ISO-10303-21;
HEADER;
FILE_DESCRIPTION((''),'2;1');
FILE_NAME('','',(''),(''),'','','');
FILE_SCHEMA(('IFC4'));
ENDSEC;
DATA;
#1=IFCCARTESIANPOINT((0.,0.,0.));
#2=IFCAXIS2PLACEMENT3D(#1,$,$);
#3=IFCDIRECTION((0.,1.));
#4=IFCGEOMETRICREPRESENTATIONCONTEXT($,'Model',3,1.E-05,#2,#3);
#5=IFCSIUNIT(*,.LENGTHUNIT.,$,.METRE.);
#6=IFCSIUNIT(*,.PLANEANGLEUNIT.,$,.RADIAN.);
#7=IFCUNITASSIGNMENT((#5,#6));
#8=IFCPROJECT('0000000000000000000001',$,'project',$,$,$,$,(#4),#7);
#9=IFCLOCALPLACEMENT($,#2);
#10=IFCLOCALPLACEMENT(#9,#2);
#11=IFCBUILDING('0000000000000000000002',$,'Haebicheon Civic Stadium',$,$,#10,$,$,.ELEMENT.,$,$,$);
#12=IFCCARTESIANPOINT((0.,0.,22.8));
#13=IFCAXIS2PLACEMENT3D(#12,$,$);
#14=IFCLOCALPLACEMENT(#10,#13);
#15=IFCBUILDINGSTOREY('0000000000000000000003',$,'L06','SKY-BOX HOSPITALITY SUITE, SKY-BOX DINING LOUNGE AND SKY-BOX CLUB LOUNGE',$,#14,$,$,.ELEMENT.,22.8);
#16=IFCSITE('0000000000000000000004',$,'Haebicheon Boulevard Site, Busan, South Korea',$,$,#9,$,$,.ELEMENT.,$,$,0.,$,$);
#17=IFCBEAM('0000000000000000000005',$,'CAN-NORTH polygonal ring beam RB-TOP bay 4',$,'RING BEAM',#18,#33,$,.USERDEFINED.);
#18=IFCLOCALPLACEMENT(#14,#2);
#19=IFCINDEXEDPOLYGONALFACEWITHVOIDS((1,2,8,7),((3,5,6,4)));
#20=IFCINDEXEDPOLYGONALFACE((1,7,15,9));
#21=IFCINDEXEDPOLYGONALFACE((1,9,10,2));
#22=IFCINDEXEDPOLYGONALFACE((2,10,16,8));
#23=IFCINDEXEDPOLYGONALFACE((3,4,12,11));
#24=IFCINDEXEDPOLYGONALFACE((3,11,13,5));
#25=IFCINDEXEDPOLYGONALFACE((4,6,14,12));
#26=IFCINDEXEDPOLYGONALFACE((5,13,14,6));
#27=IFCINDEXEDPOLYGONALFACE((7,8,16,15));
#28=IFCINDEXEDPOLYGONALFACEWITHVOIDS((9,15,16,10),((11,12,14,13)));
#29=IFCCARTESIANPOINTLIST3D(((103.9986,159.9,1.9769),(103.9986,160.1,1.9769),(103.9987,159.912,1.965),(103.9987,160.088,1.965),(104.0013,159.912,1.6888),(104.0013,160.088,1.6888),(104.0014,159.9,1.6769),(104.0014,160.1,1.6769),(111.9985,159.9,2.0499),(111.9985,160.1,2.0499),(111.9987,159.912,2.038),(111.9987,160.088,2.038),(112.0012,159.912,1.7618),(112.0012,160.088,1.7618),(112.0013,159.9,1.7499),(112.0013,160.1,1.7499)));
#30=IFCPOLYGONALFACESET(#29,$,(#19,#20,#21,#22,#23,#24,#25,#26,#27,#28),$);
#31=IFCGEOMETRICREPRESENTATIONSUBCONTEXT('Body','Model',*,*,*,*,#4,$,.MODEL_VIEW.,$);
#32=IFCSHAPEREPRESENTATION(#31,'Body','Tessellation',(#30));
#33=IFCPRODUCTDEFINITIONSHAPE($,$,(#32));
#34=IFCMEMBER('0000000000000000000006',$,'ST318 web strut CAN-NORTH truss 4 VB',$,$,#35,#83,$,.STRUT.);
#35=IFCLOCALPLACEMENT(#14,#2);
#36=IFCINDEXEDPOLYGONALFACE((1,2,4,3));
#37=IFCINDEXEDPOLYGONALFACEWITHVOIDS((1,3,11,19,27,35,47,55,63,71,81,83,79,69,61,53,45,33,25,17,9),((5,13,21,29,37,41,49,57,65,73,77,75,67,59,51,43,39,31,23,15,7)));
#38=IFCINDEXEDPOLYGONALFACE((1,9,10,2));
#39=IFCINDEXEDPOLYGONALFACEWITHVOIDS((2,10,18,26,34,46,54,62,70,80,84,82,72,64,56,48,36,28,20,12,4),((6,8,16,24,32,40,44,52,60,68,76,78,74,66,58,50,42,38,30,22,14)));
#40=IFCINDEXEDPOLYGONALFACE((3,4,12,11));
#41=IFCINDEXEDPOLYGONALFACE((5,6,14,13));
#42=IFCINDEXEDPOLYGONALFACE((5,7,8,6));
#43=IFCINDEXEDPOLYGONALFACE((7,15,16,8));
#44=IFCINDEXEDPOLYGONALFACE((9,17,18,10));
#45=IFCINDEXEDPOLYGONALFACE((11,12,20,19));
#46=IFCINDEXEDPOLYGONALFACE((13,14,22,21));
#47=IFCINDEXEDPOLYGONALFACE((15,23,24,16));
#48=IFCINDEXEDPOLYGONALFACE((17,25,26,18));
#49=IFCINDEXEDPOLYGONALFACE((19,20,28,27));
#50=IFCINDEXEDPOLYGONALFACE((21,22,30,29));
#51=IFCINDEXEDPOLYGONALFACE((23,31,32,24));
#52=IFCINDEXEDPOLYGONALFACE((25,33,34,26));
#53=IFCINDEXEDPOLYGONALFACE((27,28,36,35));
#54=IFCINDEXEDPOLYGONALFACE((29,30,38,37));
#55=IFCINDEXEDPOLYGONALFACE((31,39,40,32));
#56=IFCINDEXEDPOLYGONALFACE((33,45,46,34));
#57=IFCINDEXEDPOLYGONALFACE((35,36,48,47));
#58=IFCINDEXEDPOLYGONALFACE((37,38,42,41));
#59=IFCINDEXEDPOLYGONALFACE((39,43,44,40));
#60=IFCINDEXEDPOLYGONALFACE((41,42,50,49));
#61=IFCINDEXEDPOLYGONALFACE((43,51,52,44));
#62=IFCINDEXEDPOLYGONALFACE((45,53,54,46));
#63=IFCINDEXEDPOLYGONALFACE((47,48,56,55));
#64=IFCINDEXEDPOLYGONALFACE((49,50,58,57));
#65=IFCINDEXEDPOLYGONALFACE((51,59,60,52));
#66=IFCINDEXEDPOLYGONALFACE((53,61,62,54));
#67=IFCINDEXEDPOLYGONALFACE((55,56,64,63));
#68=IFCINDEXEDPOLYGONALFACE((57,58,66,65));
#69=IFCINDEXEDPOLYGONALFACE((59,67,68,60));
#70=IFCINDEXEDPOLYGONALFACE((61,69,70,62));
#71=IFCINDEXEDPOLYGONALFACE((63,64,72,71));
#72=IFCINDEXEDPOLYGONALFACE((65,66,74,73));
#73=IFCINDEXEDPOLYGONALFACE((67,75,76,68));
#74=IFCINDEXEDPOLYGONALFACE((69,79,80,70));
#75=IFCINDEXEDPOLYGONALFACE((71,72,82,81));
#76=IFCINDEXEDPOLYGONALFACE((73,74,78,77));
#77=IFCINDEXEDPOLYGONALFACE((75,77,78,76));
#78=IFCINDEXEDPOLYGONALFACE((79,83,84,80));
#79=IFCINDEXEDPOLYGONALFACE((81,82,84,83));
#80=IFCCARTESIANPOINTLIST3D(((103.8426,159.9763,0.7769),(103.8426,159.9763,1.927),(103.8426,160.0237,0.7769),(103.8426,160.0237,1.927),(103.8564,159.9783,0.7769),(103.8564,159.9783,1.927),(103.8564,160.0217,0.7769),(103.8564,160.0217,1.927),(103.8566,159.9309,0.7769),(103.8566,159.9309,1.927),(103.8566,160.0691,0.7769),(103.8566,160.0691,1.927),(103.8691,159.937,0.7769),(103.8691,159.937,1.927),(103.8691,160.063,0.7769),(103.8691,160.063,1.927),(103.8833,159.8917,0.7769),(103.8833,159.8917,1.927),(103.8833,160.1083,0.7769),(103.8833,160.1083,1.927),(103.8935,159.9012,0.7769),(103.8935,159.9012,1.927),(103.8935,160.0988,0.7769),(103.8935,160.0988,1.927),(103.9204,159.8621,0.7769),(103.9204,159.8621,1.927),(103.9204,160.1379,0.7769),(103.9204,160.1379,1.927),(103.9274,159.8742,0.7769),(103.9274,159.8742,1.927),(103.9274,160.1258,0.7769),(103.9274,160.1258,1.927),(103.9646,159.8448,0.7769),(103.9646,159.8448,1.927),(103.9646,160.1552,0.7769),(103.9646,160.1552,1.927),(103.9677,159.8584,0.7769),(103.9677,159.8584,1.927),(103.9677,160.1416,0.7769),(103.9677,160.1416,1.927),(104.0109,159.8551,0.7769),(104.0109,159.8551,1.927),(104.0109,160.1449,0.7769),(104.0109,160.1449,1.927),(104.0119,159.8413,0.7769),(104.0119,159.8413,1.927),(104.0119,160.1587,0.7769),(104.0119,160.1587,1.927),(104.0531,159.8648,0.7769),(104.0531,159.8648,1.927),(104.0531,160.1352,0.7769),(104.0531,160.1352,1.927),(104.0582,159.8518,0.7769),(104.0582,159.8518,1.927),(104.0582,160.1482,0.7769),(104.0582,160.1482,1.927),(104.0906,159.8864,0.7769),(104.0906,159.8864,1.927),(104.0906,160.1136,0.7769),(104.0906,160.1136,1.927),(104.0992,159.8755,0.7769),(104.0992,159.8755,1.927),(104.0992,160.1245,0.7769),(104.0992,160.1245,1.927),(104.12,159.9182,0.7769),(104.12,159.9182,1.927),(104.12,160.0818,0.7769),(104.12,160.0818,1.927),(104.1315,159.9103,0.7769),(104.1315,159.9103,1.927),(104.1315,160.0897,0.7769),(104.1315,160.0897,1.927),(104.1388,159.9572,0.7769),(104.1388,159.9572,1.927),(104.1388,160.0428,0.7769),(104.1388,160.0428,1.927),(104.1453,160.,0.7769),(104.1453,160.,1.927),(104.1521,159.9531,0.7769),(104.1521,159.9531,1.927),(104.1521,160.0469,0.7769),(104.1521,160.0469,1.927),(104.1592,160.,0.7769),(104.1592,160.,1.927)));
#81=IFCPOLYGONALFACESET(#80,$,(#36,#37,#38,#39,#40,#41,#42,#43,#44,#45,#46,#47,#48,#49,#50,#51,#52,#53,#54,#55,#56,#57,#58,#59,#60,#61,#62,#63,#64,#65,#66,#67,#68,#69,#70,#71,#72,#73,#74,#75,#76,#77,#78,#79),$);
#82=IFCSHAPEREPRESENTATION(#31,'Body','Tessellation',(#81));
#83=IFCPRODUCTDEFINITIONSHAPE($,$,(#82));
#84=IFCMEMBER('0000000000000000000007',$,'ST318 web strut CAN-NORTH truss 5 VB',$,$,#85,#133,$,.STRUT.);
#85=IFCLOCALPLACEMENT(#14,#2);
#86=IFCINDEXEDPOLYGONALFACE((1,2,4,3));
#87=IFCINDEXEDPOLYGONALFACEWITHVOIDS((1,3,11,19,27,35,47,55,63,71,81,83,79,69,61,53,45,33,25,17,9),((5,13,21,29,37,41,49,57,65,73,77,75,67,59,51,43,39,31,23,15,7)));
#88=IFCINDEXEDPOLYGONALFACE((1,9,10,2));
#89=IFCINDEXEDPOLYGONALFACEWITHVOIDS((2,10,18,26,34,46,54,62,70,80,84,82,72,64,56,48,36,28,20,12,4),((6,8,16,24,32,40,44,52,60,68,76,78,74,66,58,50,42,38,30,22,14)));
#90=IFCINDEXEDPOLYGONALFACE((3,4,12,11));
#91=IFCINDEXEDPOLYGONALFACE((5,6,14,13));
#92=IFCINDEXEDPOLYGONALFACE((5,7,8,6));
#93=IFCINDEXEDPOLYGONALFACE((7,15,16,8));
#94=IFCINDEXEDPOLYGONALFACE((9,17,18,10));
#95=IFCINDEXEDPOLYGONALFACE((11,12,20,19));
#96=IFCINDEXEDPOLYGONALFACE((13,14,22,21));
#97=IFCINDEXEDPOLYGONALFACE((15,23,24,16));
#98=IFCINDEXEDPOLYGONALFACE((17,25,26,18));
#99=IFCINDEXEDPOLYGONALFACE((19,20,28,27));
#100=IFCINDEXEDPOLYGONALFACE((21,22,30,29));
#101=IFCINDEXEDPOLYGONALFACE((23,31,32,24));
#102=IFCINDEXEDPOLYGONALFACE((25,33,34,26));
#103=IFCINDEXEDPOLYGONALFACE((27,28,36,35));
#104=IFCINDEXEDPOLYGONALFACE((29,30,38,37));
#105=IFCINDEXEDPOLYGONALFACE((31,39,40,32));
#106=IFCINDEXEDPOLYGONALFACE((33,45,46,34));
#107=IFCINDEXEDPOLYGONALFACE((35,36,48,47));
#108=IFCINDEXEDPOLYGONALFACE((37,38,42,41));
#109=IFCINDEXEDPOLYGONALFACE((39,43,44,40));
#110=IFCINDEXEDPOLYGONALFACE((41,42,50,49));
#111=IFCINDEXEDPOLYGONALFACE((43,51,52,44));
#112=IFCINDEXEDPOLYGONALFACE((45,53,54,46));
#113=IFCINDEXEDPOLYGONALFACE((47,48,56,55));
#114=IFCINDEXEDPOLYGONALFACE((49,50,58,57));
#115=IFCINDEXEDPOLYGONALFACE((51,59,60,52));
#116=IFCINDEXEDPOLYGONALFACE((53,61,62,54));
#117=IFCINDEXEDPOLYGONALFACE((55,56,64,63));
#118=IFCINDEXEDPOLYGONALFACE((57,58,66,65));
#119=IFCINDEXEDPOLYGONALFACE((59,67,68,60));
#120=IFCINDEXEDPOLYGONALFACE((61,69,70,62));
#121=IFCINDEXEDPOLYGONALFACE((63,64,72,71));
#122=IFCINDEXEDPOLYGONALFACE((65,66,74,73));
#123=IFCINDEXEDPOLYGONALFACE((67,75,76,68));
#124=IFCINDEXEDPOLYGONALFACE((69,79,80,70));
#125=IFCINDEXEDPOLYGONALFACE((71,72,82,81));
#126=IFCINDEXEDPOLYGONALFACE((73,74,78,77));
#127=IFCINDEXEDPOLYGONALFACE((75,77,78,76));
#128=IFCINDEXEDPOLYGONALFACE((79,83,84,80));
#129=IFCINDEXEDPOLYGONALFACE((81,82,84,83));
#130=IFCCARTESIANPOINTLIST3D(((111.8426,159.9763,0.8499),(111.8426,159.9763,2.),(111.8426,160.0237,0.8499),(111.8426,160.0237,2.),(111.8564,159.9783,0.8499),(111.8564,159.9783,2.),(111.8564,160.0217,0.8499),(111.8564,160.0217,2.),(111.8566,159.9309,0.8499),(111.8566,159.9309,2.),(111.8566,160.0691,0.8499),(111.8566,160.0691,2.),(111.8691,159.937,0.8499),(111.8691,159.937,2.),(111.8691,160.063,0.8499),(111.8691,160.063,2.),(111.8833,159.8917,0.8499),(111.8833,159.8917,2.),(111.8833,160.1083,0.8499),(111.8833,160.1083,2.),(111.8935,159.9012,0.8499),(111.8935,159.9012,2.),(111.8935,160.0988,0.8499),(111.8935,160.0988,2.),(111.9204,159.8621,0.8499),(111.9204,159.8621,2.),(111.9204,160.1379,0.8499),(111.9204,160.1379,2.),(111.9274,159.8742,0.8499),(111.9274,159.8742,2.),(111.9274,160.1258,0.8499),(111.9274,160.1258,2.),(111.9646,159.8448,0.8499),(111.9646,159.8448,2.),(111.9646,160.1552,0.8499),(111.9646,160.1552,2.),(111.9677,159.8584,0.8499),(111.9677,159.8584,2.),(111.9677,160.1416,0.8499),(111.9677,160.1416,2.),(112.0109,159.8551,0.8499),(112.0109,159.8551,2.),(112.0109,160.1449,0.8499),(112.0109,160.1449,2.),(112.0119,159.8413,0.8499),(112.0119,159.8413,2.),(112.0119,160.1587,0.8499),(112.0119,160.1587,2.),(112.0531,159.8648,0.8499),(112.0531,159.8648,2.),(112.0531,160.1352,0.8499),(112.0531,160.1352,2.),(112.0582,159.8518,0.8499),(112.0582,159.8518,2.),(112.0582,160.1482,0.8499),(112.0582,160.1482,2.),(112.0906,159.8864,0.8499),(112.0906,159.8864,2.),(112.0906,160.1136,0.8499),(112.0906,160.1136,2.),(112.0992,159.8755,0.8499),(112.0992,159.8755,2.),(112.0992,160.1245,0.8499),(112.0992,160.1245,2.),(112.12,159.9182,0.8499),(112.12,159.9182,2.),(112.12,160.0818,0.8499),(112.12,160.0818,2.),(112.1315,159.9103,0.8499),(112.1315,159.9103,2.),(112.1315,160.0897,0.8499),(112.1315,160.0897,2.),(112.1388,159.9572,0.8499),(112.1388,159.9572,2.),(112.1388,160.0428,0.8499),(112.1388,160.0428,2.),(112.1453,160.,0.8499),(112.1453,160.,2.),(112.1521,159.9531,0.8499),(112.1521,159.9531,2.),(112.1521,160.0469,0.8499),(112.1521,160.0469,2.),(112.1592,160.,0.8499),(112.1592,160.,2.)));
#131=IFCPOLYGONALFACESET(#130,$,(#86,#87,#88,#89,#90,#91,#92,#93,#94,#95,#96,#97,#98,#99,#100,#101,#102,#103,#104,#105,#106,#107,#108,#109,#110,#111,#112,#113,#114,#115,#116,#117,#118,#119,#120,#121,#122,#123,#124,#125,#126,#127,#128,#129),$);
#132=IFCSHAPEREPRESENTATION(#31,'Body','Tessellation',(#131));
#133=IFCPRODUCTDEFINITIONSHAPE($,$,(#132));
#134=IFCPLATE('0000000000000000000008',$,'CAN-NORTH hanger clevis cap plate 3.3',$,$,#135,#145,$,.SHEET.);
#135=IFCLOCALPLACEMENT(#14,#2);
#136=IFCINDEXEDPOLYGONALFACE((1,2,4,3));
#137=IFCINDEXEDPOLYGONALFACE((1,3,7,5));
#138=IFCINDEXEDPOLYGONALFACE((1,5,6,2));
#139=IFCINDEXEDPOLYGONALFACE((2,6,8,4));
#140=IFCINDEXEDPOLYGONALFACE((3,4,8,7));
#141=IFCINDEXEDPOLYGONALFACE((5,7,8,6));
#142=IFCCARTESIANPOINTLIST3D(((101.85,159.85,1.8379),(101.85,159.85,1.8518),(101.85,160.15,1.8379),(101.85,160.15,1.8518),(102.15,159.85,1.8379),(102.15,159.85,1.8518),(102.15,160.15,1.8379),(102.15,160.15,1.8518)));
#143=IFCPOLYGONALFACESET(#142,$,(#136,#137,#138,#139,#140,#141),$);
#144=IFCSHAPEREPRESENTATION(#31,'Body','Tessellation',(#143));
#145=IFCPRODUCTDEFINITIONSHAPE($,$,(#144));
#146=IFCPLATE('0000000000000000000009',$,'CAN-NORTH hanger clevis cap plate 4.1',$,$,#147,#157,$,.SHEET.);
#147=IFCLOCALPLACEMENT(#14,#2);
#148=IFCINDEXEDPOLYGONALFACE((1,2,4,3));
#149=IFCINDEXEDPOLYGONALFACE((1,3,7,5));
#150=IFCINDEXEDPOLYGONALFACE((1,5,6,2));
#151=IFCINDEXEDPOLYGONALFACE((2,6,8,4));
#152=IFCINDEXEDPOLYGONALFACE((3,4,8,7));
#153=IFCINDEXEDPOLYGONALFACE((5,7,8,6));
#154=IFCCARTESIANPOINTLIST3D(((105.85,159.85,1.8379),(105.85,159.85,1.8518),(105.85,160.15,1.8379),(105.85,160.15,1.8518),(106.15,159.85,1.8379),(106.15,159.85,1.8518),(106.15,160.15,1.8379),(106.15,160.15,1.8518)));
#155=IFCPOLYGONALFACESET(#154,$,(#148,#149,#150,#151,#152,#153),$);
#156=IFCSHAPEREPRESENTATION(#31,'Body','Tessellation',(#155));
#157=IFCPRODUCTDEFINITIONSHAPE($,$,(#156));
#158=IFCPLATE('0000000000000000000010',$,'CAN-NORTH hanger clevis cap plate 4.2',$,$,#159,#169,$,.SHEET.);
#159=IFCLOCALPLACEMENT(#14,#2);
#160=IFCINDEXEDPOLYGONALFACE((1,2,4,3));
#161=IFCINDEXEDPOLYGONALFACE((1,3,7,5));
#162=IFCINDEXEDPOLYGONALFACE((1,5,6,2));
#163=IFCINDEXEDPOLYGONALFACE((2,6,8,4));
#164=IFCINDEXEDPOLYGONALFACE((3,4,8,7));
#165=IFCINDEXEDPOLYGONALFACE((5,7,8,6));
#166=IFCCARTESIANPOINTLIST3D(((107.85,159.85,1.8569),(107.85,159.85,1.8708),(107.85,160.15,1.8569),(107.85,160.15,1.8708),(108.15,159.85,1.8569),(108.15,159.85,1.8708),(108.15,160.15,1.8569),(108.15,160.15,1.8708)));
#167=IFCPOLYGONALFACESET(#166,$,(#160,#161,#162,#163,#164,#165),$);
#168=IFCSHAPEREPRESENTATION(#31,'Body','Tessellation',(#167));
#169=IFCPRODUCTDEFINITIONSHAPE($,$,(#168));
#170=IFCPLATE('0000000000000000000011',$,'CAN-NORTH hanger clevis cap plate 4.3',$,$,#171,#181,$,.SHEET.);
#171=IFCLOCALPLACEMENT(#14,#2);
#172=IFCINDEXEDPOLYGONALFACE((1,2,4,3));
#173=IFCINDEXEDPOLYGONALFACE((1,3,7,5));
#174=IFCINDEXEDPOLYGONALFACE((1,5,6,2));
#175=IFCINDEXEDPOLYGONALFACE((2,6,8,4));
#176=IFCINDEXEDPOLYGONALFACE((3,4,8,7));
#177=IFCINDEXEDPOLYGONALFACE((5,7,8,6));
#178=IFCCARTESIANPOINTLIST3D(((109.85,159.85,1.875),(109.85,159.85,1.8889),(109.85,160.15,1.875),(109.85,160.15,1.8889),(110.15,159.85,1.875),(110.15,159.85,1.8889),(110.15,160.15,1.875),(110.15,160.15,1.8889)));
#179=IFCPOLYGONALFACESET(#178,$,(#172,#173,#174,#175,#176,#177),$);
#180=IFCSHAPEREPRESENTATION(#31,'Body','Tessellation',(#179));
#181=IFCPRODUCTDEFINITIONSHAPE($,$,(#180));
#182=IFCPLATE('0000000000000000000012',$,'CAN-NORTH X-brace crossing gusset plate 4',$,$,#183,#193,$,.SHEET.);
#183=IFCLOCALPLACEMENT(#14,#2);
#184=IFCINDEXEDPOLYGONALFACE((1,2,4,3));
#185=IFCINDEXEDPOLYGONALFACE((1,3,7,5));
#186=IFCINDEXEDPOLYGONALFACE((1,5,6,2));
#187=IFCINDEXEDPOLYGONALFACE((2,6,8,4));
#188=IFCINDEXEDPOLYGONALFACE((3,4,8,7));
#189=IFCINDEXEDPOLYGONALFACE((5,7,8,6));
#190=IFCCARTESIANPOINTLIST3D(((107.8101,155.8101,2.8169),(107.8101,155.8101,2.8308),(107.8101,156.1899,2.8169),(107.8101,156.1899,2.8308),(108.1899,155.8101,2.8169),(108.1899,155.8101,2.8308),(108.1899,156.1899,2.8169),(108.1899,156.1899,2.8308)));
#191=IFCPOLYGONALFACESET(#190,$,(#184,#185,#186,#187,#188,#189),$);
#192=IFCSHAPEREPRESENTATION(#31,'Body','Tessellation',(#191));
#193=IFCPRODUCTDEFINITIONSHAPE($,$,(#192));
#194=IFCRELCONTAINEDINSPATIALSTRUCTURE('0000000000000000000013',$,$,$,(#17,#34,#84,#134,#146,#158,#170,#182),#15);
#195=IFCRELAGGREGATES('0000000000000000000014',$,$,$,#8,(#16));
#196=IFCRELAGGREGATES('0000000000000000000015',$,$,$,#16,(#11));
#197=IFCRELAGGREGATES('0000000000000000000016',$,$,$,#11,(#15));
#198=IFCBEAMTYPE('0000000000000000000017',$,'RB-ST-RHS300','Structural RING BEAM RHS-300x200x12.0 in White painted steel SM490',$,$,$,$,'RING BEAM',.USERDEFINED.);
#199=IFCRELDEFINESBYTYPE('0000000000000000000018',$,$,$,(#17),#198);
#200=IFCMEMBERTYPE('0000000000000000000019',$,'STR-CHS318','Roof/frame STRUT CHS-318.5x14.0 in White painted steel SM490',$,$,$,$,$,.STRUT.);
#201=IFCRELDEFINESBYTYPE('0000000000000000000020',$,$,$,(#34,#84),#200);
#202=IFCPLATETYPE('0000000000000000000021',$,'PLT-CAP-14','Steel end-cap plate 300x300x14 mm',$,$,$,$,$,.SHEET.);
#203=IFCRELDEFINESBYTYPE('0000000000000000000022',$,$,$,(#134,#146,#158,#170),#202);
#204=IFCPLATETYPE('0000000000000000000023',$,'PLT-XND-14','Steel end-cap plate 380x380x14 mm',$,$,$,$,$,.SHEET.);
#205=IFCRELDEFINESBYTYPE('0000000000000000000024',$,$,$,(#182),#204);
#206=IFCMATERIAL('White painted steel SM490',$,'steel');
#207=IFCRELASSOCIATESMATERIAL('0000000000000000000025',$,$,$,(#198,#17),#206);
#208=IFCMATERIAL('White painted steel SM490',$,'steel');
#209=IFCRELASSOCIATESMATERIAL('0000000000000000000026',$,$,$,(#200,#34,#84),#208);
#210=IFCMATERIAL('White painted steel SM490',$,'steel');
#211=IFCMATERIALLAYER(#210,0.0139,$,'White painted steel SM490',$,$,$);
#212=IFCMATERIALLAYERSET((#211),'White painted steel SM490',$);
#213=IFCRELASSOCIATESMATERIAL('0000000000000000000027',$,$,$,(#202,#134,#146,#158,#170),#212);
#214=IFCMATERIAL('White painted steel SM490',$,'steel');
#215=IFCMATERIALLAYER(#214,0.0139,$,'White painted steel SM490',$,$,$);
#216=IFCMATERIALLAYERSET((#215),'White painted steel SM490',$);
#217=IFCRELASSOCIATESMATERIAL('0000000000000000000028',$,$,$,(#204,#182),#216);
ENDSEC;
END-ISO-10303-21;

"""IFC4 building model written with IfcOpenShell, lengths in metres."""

from ifc_helpers import new_model, si_unit, direction, frame, origin, origin_2d, place, context, subcontext, project, spatial, rectangle, hollow_rectangle, hollow_circle, extrude, material, layer, layer_set, material_profile, profile_set, type_object, element, save


model = new_model("IFC4")

# Units and contexts
model_context = context("Model", 3, precision=1e-05, world=origin(), true_north=direction((0.0, 1.0)))
body_context = subcontext(model_context, "Body", "Model", "MODEL_VIEW")
ifc_project = project(units=[si_unit("LENGTHUNIT", "METRE"), si_unit("PLANEANGLEUNIT", "RADIAN")], contexts=[model_context])

# Site, building, storey
site_placement = place(None, origin())
site = spatial("IfcSite", under=ifc_project, at=site_placement, Name="Haebicheon Boulevard Site, Busan, South Korea", CompositionType="ELEMENT", RefElevation=0.0)
building_placement = place(site_placement, origin())
building = spatial("IfcBuilding", under=site, at=building_placement, Name="Haebicheon Civic Stadium", CompositionType="ELEMENT")
storey_placement = place(building_placement, frame((0.0, 0.0, 22.8)))
storey = spatial("IfcBuildingStorey", under=building, at=storey_placement, Name="L06", Description="SKY-BOX HOSPITALITY SUITE, SKY-BOX DINING LOUNGE AND SKY-BOX CLUB LOUNGE", CompositionType="ELEMENT", Elevation=22.8)

# Beam
ifc_material_1 = material(Name="White painted steel SM490", Category="steel")
ifc_material_profile_1 = material_profile(ifc_material_1, hollow_rectangle(XDim=0.2, YDim=0.3, WallThickness=0.012, at=origin_2d()), Name="RHS-300x200x12.0")
ifc_profile_set_1 = profile_set([ifc_material_profile_1], Name="White painted steel SM490")
beam_type_1 = type_object("IfcBeamType", Name="RB-ST-RHS300", Description="Structural RING BEAM RHS-300x200x12.0 in White painted steel SM490", ElementType="RING BEAM", PredefinedType="USERDEFINED", material=ifc_profile_set_1)
beam_1_placement = place(storey_placement, frame((104.0, 160.0, 1.8269), z_axis=(0.999958, 0.0, 0.009124), x_axis=(0.0, 1.0, 0.0)))
element("IfcBeam", 1, at=beam_1_placement, inside=storey, type_object=beam_type_1, material=ifc_profile_set_1, Name="CAN-NORTH polygonal ring beam RB-TOP bay 4", ObjectType="RING BEAM", PredefinedType="USERDEFINED", context=body_context, shape_type="SweptSolid", body=[
    extrude(hollow_rectangle(XDim=0.2, YDim=0.3, WallThickness=0.012, at=origin_2d()), origin(), (0.0, 0.0, 1.0), 8.0002),
])

# Members
ifc_material_2 = material(Name="White painted steel SM490", Category="steel")
ifc_material_profile_2 = material_profile(ifc_material_2, hollow_circle(Radius=0.1592, WallThickness=0.0139, at=origin_2d()), Name="CHS-318.5x14.0")
ifc_profile_set_2 = profile_set([ifc_material_profile_2], Name="White painted steel SM490")
member_type_1 = type_object("IfcMemberType", Name="STR-CHS318", Description="Roof/frame STRUT CHS-318.5x14.0 in White painted steel SM490", PredefinedType="STRUT", material=ifc_profile_set_2)
for number, where, z_axis, x_axis, name in (
    (2, (104.0, 160.0, 0.7769), (0.0, 0.0, 1.0), (1.0, 0.0, 0.0), "ST318 web strut CAN-NORTH truss 4 VB"),
    (3, (112.0, 160.0, 0.8499), (0.0, 0.0, 1.0), (1.0, 0.0, 0.0), "ST318 web strut CAN-NORTH truss 5 VB"),
):
    element("IfcMember", number, at=place(storey_placement, frame(where, z_axis=z_axis, x_axis=x_axis)), inside=storey, type_object=member_type_1, material=ifc_profile_set_2, Name=name, PredefinedType="STRUT", context=body_context, shape_type="SweptSolid", body=[
        extrude(hollow_circle(Radius=0.1592, WallThickness=0.0139, at=origin_2d()), origin(), (0.0, 0.0, 1.0), 1.1501),
    ])

# Plates
ifc_material_3 = material(Name="White painted steel SM490", Category="steel")
ifc_layer_1 = layer(ifc_material_3, 0.0139, Name="White painted steel SM490")
ifc_layer_set_1 = layer_set([ifc_layer_1], Name="White painted steel SM490")
plate_type_1 = type_object("IfcPlateType", Name="PLT-CAP-14", Description="Steel end-cap plate 300x300x14 mm", PredefinedType="SHEET", material=ifc_layer_set_1)
for number, where, z_axis, x_axis, name in (
    (4, (102.0, 160.0, 1.8379), (0.0, 0.0, 1.0), (1.0, 0.0, 0.0), "CAN-NORTH hanger clevis cap plate 3.3"),
    (5, (106.0, 160.0, 1.8379), (0.0, 0.0, 1.0), (1.0, 0.0, 0.0), "CAN-NORTH hanger clevis cap plate 4.1"),
    (6, (108.0, 160.0, 1.8569), (0.0, 0.0, 1.0), (1.0, 0.0, 0.0), "CAN-NORTH hanger clevis cap plate 4.2"),
    (7, (110.0, 160.0, 1.875), (0.0, 0.0, 1.0), (1.0, 0.0, 0.0), "CAN-NORTH hanger clevis cap plate 4.3"),
):
    element("IfcPlate", number, at=place(storey_placement, frame(where, z_axis=z_axis, x_axis=x_axis)), inside=storey, type_object=plate_type_1, material=ifc_layer_set_1, Name=name, PredefinedType="SHEET", context=body_context, shape_type="SweptSolid", body=[
        extrude(rectangle(XDim=0.3, YDim=0.3, at=origin_2d()), origin(), (0.0, 0.0, 1.0), 0.0139),
    ])
ifc_material_4 = material(Name="White painted steel SM490", Category="steel")
ifc_layer_2 = layer(ifc_material_4, 0.0139, Name="White painted steel SM490")
ifc_layer_set_2 = layer_set([ifc_layer_2], Name="White painted steel SM490")
plate_type_2 = type_object("IfcPlateType", Name="PLT-XND-14", Description="Steel end-cap plate 380x380x14 mm", PredefinedType="SHEET", material=ifc_layer_set_2)
plate_placement = place(storey_placement, frame((108.0, 156.0, 2.8169), z_axis=(0.0, 0.0, 1.0), x_axis=(1.0, 0.0, 0.0)))
element("IfcPlate", 8, at=plate_placement, inside=storey, type_object=plate_type_2, material=ifc_layer_set_2, Name="CAN-NORTH X-brace crossing gusset plate 4", PredefinedType="SHEET", context=body_context, shape_type="SweptSolid", body=[
    extrude(rectangle(XDim=0.3799, YDim=0.3799, at=origin_2d()), origin(), (0.0, 0.0, 1.0), 0.0139),
])

save(model, "model.ifc")
